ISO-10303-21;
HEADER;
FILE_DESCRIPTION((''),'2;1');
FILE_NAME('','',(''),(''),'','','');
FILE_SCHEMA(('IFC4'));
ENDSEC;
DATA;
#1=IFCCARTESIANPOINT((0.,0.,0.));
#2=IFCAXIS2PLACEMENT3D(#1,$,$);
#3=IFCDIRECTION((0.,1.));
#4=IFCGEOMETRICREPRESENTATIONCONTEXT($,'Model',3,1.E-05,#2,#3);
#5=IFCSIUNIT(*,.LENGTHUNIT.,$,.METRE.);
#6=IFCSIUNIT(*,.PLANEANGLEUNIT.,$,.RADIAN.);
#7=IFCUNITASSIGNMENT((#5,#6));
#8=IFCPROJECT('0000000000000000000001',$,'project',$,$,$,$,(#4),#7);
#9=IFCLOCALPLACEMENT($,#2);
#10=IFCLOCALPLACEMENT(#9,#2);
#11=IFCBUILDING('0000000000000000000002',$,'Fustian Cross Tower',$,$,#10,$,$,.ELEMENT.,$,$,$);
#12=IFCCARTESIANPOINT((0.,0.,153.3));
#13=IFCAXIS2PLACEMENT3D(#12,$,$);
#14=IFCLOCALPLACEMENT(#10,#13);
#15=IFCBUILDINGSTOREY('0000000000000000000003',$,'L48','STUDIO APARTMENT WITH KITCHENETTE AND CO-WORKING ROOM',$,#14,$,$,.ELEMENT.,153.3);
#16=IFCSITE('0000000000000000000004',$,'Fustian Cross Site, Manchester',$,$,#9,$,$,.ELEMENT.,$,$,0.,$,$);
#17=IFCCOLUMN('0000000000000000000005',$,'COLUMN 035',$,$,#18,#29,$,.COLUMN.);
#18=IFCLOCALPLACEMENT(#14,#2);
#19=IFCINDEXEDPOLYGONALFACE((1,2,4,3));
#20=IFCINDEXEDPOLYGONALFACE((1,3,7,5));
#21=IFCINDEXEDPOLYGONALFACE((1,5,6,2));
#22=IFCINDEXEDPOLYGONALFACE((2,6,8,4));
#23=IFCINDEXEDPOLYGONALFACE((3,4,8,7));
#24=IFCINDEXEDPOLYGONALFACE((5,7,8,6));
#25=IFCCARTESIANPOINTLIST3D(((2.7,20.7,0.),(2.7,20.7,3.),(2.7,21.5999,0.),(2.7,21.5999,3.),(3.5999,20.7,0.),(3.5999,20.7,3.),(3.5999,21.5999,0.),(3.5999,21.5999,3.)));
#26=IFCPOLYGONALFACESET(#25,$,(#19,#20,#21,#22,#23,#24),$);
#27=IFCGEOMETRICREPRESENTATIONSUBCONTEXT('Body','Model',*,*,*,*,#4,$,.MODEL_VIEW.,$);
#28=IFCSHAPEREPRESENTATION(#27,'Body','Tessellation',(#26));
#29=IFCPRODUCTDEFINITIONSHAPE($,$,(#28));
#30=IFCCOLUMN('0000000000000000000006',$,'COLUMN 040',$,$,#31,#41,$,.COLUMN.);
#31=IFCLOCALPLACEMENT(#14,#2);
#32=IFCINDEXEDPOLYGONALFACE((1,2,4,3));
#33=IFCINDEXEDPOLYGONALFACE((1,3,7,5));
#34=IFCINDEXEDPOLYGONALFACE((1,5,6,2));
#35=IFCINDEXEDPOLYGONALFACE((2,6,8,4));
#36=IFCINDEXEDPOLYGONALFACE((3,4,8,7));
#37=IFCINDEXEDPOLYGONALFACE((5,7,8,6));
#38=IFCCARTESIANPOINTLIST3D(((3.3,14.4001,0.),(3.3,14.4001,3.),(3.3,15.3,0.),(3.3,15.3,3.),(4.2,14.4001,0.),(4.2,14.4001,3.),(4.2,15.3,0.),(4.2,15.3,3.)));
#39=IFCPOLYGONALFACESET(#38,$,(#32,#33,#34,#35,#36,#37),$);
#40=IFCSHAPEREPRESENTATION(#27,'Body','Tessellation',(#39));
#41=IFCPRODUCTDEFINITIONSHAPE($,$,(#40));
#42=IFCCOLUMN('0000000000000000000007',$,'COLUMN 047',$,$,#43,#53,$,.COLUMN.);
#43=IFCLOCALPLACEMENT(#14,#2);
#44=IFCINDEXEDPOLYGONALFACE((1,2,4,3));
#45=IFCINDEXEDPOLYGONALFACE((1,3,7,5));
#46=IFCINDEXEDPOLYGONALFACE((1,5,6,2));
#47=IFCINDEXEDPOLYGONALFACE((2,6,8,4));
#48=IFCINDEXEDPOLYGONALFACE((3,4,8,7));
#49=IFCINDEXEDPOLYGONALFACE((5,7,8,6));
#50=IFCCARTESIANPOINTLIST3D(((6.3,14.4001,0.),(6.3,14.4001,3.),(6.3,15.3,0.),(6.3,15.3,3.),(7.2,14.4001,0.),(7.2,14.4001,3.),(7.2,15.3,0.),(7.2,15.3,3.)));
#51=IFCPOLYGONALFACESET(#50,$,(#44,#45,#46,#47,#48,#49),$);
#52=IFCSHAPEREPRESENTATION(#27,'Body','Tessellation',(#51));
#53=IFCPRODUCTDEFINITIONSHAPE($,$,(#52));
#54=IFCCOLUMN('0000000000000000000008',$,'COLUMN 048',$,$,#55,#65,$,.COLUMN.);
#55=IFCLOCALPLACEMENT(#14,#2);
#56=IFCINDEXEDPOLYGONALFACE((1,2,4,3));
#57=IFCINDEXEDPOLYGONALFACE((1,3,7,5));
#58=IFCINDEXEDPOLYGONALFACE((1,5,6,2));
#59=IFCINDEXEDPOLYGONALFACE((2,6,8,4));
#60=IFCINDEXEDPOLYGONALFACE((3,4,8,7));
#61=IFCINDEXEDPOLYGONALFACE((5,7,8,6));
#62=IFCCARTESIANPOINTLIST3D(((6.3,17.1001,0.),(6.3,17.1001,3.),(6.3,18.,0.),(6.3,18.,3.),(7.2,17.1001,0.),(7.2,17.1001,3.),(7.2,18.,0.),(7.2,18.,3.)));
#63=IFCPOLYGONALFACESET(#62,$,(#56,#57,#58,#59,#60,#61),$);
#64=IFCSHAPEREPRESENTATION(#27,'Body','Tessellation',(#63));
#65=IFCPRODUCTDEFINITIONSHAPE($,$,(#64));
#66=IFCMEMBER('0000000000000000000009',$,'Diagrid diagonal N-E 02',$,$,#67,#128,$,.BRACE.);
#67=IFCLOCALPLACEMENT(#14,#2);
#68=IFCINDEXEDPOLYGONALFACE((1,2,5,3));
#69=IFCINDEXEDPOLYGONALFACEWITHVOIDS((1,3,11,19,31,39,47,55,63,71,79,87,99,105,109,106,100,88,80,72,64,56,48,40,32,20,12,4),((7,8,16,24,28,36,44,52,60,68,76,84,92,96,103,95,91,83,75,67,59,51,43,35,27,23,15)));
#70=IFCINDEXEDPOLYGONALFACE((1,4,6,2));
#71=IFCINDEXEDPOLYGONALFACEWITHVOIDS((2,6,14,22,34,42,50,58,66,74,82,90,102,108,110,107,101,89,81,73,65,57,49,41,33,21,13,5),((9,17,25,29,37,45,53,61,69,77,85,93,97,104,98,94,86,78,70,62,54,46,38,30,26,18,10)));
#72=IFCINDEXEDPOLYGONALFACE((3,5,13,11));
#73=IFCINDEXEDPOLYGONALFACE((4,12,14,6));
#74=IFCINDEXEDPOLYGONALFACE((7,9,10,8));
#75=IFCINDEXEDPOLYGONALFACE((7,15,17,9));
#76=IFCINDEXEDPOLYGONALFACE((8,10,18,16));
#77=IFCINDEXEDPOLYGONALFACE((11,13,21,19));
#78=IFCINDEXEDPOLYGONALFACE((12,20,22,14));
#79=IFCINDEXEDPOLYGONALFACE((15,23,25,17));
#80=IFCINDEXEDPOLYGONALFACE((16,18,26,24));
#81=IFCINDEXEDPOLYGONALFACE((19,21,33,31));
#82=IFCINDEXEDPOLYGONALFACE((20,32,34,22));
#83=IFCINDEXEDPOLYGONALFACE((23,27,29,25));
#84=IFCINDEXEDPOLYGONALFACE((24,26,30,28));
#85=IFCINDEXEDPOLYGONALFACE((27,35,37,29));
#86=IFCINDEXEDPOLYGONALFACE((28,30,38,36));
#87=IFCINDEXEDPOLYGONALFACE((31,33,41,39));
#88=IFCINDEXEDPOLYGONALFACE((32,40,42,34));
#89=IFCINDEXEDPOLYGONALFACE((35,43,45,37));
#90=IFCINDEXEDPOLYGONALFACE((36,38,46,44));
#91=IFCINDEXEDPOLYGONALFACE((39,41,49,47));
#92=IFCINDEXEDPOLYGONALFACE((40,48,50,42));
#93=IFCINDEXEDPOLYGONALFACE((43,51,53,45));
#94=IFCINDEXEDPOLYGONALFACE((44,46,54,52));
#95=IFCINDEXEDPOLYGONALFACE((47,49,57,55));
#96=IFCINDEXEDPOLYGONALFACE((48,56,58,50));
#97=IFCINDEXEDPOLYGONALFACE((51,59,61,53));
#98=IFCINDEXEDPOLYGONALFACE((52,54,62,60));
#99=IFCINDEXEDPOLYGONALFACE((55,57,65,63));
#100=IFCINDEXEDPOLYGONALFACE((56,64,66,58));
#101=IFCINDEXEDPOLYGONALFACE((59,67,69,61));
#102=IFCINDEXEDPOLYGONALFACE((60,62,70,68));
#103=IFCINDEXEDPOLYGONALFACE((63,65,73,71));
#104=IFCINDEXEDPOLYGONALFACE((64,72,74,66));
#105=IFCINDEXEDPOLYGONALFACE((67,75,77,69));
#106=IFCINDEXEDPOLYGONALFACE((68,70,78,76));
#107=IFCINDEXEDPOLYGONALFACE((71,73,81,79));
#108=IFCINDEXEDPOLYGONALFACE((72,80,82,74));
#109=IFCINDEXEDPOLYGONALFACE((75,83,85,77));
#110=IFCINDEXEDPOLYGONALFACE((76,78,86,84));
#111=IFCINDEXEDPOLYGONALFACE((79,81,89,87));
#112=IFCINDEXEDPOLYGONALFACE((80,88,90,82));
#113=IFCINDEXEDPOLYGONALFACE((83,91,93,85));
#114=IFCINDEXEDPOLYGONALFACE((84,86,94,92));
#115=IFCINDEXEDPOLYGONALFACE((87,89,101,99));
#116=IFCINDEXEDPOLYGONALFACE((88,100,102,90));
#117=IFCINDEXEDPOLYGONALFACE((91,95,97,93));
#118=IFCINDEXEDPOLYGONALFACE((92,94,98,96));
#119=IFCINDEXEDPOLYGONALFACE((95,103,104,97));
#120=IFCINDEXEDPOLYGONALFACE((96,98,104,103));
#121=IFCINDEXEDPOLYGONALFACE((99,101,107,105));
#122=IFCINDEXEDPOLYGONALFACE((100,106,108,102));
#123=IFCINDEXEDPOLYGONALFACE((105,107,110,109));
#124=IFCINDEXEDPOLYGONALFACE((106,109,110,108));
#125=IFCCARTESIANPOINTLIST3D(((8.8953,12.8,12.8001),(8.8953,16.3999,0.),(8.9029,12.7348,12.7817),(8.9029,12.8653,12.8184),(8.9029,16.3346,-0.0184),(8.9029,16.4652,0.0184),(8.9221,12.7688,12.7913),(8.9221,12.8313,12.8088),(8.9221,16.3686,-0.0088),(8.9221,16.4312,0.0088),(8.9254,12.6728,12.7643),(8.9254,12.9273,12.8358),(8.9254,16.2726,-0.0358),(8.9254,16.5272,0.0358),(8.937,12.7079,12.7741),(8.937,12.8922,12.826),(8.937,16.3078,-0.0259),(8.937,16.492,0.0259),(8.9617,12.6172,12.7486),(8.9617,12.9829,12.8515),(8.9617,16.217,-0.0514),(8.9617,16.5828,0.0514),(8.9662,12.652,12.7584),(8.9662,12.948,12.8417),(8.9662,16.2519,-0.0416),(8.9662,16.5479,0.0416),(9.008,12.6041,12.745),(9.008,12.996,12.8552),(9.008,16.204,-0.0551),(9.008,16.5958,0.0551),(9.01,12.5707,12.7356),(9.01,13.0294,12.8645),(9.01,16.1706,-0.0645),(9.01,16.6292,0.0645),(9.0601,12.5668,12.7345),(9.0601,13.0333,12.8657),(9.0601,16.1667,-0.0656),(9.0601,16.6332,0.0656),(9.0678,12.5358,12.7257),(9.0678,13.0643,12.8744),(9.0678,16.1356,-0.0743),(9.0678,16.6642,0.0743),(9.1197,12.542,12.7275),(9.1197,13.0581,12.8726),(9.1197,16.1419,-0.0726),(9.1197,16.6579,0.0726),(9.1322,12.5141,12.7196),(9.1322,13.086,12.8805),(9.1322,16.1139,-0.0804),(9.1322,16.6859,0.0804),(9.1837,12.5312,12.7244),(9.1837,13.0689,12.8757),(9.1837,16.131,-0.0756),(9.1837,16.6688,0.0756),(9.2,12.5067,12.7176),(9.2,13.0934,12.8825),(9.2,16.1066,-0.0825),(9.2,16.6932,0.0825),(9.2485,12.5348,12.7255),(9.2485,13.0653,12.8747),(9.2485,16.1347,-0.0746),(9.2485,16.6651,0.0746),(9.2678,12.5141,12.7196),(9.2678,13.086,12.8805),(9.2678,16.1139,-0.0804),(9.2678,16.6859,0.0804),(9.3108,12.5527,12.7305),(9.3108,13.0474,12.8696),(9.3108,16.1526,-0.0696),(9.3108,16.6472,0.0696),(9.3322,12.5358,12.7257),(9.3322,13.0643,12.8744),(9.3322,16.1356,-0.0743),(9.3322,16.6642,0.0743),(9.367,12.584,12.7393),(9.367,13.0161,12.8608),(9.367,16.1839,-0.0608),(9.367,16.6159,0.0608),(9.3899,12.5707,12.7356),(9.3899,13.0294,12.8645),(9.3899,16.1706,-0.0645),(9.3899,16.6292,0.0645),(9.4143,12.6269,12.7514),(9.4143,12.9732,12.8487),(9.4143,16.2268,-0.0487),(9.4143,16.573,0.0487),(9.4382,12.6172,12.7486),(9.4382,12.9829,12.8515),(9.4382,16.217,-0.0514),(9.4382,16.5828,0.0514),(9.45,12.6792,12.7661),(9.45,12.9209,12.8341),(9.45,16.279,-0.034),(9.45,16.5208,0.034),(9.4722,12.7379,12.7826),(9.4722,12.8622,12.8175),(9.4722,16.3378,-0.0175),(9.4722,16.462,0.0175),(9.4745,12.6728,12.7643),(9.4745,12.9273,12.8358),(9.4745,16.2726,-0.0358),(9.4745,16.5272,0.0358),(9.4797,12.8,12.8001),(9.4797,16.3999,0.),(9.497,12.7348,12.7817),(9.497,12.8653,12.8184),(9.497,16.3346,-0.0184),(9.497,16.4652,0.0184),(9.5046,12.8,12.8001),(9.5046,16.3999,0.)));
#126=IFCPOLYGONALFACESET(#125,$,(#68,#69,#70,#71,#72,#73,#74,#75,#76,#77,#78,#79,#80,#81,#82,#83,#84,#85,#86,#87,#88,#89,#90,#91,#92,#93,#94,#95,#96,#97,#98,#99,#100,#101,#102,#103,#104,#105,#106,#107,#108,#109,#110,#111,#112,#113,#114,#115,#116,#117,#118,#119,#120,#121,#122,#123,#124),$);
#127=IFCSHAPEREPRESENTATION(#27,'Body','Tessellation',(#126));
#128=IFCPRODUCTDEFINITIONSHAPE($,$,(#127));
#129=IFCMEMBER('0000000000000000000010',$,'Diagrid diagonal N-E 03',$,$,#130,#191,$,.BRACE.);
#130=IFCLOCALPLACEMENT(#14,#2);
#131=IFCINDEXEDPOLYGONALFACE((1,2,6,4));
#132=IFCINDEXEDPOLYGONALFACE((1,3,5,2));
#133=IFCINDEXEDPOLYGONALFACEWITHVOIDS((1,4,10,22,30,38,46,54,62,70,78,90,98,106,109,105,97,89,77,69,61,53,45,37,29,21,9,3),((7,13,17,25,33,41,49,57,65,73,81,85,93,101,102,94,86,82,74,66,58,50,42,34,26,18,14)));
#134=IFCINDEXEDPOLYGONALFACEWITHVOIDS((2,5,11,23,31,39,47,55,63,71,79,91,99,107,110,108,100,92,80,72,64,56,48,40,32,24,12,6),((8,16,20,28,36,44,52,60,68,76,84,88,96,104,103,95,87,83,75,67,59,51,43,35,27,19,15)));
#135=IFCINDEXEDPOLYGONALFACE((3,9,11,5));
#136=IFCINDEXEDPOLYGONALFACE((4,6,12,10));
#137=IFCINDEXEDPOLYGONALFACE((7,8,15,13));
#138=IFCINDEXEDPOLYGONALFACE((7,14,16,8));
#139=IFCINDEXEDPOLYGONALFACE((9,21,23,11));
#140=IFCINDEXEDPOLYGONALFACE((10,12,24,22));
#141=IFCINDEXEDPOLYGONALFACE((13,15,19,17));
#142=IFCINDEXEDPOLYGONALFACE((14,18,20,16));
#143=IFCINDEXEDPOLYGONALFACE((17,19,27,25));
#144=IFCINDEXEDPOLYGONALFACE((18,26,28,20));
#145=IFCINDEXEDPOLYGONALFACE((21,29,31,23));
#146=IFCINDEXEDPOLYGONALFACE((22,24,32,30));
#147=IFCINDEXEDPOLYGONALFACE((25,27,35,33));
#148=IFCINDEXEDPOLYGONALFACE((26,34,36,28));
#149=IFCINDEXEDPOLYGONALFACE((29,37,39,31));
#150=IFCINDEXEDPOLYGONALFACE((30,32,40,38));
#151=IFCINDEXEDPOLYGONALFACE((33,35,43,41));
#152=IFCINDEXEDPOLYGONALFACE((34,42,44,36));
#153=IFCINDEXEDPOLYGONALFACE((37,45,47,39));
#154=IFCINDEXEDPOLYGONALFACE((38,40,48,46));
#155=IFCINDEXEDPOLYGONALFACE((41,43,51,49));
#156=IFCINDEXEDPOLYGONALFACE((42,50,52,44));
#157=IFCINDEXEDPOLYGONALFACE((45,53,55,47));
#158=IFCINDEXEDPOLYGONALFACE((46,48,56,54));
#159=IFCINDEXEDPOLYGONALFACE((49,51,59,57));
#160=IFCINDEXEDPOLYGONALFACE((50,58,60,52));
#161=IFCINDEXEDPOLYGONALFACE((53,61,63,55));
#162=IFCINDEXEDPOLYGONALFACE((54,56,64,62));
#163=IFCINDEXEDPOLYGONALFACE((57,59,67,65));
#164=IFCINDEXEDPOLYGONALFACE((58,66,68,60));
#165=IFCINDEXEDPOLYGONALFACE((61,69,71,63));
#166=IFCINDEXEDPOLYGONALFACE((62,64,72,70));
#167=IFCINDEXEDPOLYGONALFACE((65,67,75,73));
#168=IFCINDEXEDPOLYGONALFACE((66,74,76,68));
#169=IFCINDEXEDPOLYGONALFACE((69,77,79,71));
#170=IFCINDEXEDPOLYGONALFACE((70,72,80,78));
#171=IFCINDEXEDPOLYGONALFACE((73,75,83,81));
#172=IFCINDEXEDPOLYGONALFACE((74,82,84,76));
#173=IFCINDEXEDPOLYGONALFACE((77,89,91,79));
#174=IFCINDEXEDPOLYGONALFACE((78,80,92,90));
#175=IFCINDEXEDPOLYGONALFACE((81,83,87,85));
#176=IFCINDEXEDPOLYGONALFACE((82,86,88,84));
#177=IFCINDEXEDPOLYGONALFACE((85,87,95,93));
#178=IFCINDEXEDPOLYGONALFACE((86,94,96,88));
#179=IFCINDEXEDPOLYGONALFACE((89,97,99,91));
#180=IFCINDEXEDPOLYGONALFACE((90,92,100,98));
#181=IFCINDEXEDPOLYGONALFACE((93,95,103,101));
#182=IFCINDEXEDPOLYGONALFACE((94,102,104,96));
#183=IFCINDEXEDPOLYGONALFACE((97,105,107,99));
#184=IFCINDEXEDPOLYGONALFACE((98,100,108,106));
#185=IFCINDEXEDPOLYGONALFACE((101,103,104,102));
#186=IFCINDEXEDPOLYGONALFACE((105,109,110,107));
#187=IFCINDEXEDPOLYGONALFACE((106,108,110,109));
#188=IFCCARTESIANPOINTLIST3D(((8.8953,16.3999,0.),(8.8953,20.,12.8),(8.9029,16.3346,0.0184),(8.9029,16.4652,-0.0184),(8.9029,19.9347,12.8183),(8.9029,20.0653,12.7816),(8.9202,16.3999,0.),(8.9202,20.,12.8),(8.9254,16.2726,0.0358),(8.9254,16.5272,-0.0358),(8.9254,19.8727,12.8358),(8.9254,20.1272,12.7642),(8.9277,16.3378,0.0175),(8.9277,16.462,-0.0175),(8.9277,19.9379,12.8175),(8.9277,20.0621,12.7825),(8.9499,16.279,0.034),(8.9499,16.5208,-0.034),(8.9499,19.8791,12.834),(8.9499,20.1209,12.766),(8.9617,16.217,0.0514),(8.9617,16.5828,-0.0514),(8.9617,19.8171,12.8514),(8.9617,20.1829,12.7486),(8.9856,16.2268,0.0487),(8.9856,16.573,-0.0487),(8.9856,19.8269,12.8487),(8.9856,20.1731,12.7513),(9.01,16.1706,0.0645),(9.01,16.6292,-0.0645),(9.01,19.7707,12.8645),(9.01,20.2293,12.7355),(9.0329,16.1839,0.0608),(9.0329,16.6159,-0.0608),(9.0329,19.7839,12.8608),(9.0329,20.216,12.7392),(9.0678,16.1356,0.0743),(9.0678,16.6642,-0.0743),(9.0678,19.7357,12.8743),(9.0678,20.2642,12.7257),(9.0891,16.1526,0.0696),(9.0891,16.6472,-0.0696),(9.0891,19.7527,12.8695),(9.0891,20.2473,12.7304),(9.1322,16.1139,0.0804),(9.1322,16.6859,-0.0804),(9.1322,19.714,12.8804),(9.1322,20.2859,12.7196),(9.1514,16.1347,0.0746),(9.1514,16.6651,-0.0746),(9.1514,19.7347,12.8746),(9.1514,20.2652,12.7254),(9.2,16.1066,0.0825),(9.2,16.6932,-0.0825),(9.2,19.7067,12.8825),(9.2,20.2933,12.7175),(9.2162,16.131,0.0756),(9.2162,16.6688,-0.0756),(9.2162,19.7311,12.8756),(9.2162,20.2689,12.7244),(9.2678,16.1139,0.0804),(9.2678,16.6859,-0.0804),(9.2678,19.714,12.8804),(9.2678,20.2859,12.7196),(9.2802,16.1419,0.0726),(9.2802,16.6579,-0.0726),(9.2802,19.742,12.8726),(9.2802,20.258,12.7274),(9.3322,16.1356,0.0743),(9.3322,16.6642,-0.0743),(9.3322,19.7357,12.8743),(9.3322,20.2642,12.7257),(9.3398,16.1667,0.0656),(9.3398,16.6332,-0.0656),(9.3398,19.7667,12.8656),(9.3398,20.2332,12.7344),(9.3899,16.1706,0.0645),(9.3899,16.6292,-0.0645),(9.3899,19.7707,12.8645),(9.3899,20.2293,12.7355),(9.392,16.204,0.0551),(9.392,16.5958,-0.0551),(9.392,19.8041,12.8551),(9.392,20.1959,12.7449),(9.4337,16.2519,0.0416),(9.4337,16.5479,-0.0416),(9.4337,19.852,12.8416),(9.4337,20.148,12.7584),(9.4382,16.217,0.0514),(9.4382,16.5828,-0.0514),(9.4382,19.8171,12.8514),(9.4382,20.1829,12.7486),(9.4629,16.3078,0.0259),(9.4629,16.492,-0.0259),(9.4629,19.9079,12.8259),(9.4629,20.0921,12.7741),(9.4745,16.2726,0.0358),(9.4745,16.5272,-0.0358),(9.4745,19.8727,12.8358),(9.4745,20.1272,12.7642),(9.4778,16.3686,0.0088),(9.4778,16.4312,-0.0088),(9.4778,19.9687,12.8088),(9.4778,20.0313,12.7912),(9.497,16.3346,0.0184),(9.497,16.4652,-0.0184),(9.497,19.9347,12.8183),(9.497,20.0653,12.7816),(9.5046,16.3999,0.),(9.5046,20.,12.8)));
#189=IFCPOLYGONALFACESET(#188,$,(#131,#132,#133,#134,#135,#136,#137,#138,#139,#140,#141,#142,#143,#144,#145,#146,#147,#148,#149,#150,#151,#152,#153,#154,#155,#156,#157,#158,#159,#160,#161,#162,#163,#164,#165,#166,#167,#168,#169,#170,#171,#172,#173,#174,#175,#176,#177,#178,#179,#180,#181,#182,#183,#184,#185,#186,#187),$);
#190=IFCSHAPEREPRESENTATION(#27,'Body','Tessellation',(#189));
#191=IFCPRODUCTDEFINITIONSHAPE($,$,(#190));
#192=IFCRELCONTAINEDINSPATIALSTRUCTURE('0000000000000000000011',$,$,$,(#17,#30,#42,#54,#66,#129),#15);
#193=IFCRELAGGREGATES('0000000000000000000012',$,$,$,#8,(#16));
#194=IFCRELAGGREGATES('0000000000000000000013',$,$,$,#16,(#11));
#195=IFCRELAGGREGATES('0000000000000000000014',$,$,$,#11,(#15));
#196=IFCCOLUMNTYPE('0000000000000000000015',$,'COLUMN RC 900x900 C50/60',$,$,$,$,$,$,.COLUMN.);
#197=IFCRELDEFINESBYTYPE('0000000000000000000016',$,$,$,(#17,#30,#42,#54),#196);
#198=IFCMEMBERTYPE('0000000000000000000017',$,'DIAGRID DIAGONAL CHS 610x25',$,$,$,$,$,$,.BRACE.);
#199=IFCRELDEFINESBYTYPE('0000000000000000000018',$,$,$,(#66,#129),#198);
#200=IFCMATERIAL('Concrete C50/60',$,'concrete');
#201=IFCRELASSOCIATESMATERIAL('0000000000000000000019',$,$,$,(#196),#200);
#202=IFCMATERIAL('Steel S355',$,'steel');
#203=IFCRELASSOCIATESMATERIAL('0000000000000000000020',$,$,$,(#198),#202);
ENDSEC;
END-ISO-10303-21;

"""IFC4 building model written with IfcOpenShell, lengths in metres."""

from ifc_helpers import new_model, si_unit, direction, frame, origin, origin_2d, place, context, subcontext, project, spatial, rectangle, hollow_circle, extrude, material, material_profile, profile_set, type_object, element, save


model = new_model("IFC4")

# Units and contexts
model_context = context("Model", 3, precision=1e-05, world=origin(), true_north=direction((0.0, 1.0)))
body_context = subcontext(model_context, "Body", "Model", "MODEL_VIEW")
ifc_project = project(units=[si_unit("LENGTHUNIT", "METRE"), si_unit("PLANEANGLEUNIT", "RADIAN")], contexts=[model_context])

# Site, building, storey
site_placement = place(None, origin())
site = spatial("IfcSite", under=ifc_project, at=site_placement, Name="Fustian Cross Site, Manchester", CompositionType="ELEMENT", RefElevation=0.0)
building_placement = place(site_placement, origin())
building = spatial("IfcBuilding", under=site, at=building_placement, Name="Fustian Cross Tower", CompositionType="ELEMENT")
storey_placement = place(building_placement, frame((0.0, 0.0, 153.3)))
storey = spatial("IfcBuildingStorey", under=building, at=storey_placement, Name="L48", Description="STUDIO APARTMENT WITH KITCHENETTE AND CO-WORKING ROOM", CompositionType="ELEMENT", Elevation=153.3)

# Columns
ifc_material_1 = material(Name="Concrete C50/60", Category="concrete")
ifc_material_profile_1 = material_profile(ifc_material_1, rectangle(XDim=0.8999, YDim=0.8999, at=origin_2d()), Name="RC 900x900")
ifc_profile_set_1 = profile_set([ifc_material_profile_1], Name="Concrete C50/60")
column_type = type_object("IfcColumnType", Name="COLUMN RC 900x900 C50/60", PredefinedType="COLUMN", material=ifc_profile_set_1)
for number, where, z_axis, x_axis, name in (
    (1, (3.1499, 21.1499, 0.0), (0.0, 0.0, 1.0), (1.0, 0.0, 0.0), "COLUMN 035"),
    (2, (3.75, 14.8501, 0.0), (0.0, 0.0, 1.0), (1.0, 0.0, 0.0), "COLUMN 040"),
    (3, (6.75, 14.8501, 0.0), (0.0, 0.0, 1.0), (1.0, 0.0, 0.0), "COLUMN 047"),
    (4, (6.75, 17.55, 0.0), (0.0, 0.0, 1.0), (1.0, 0.0, 0.0), "COLUMN 048"),
):
    element("IfcColumn", number, at=place(storey_placement, frame(where, z_axis=z_axis, x_axis=x_axis)), inside=storey, type_object=column_type, Name=name, PredefinedType="COLUMN", context=body_context, shape_type="SweptSolid", body=[
        extrude(rectangle(XDim=0.8999, YDim=0.8999, at=origin_2d()), origin(), (0.0, 0.0, 1.0), 3.0),
    ])

# Members
ifc_material_2 = material(Name="Steel S355", Category="steel")
ifc_material_profile_2 = material_profile(ifc_material_2, hollow_circle(Radius=0.3047, WallThickness=0.0249, at=origin_2d()), Name="CHS 610x25")
ifc_profile_set_2 = profile_set([ifc_material_profile_2], Name="Steel S355")
member_type_1 = type_object("IfcMemberType", Name="DIAGRID DIAGONAL CHS 610x25", PredefinedType="BRACE", material=ifc_profile_set_2)
for number, where, z_axis, x_axis, name in (
    (5, (9.2, 16.3999, 0.0), (0.0, -0.270734, 0.962654), (1.0, 0.0, 0.0), "Diagrid diagonal N-E 02"),
    (6, (9.2, 16.3999, 0.0), (0.0, 0.270751, 0.962649), (-1.0, 0.0, 0.0), "Diagrid diagonal N-E 03"),
):
    element("IfcMember", number, at=place(storey_placement, frame(where, z_axis=z_axis, x_axis=x_axis)), inside=storey, type_object=member_type_1, Name=name, PredefinedType="BRACE", context=body_context, shape_type="SweptSolid", body=[
        extrude(hollow_circle(Radius=0.3047, WallThickness=0.0249, at=origin_2d()), origin(), (0.0, 0.0, 1.0), 13.2966),
    ])

save(model, "model.ifc")
